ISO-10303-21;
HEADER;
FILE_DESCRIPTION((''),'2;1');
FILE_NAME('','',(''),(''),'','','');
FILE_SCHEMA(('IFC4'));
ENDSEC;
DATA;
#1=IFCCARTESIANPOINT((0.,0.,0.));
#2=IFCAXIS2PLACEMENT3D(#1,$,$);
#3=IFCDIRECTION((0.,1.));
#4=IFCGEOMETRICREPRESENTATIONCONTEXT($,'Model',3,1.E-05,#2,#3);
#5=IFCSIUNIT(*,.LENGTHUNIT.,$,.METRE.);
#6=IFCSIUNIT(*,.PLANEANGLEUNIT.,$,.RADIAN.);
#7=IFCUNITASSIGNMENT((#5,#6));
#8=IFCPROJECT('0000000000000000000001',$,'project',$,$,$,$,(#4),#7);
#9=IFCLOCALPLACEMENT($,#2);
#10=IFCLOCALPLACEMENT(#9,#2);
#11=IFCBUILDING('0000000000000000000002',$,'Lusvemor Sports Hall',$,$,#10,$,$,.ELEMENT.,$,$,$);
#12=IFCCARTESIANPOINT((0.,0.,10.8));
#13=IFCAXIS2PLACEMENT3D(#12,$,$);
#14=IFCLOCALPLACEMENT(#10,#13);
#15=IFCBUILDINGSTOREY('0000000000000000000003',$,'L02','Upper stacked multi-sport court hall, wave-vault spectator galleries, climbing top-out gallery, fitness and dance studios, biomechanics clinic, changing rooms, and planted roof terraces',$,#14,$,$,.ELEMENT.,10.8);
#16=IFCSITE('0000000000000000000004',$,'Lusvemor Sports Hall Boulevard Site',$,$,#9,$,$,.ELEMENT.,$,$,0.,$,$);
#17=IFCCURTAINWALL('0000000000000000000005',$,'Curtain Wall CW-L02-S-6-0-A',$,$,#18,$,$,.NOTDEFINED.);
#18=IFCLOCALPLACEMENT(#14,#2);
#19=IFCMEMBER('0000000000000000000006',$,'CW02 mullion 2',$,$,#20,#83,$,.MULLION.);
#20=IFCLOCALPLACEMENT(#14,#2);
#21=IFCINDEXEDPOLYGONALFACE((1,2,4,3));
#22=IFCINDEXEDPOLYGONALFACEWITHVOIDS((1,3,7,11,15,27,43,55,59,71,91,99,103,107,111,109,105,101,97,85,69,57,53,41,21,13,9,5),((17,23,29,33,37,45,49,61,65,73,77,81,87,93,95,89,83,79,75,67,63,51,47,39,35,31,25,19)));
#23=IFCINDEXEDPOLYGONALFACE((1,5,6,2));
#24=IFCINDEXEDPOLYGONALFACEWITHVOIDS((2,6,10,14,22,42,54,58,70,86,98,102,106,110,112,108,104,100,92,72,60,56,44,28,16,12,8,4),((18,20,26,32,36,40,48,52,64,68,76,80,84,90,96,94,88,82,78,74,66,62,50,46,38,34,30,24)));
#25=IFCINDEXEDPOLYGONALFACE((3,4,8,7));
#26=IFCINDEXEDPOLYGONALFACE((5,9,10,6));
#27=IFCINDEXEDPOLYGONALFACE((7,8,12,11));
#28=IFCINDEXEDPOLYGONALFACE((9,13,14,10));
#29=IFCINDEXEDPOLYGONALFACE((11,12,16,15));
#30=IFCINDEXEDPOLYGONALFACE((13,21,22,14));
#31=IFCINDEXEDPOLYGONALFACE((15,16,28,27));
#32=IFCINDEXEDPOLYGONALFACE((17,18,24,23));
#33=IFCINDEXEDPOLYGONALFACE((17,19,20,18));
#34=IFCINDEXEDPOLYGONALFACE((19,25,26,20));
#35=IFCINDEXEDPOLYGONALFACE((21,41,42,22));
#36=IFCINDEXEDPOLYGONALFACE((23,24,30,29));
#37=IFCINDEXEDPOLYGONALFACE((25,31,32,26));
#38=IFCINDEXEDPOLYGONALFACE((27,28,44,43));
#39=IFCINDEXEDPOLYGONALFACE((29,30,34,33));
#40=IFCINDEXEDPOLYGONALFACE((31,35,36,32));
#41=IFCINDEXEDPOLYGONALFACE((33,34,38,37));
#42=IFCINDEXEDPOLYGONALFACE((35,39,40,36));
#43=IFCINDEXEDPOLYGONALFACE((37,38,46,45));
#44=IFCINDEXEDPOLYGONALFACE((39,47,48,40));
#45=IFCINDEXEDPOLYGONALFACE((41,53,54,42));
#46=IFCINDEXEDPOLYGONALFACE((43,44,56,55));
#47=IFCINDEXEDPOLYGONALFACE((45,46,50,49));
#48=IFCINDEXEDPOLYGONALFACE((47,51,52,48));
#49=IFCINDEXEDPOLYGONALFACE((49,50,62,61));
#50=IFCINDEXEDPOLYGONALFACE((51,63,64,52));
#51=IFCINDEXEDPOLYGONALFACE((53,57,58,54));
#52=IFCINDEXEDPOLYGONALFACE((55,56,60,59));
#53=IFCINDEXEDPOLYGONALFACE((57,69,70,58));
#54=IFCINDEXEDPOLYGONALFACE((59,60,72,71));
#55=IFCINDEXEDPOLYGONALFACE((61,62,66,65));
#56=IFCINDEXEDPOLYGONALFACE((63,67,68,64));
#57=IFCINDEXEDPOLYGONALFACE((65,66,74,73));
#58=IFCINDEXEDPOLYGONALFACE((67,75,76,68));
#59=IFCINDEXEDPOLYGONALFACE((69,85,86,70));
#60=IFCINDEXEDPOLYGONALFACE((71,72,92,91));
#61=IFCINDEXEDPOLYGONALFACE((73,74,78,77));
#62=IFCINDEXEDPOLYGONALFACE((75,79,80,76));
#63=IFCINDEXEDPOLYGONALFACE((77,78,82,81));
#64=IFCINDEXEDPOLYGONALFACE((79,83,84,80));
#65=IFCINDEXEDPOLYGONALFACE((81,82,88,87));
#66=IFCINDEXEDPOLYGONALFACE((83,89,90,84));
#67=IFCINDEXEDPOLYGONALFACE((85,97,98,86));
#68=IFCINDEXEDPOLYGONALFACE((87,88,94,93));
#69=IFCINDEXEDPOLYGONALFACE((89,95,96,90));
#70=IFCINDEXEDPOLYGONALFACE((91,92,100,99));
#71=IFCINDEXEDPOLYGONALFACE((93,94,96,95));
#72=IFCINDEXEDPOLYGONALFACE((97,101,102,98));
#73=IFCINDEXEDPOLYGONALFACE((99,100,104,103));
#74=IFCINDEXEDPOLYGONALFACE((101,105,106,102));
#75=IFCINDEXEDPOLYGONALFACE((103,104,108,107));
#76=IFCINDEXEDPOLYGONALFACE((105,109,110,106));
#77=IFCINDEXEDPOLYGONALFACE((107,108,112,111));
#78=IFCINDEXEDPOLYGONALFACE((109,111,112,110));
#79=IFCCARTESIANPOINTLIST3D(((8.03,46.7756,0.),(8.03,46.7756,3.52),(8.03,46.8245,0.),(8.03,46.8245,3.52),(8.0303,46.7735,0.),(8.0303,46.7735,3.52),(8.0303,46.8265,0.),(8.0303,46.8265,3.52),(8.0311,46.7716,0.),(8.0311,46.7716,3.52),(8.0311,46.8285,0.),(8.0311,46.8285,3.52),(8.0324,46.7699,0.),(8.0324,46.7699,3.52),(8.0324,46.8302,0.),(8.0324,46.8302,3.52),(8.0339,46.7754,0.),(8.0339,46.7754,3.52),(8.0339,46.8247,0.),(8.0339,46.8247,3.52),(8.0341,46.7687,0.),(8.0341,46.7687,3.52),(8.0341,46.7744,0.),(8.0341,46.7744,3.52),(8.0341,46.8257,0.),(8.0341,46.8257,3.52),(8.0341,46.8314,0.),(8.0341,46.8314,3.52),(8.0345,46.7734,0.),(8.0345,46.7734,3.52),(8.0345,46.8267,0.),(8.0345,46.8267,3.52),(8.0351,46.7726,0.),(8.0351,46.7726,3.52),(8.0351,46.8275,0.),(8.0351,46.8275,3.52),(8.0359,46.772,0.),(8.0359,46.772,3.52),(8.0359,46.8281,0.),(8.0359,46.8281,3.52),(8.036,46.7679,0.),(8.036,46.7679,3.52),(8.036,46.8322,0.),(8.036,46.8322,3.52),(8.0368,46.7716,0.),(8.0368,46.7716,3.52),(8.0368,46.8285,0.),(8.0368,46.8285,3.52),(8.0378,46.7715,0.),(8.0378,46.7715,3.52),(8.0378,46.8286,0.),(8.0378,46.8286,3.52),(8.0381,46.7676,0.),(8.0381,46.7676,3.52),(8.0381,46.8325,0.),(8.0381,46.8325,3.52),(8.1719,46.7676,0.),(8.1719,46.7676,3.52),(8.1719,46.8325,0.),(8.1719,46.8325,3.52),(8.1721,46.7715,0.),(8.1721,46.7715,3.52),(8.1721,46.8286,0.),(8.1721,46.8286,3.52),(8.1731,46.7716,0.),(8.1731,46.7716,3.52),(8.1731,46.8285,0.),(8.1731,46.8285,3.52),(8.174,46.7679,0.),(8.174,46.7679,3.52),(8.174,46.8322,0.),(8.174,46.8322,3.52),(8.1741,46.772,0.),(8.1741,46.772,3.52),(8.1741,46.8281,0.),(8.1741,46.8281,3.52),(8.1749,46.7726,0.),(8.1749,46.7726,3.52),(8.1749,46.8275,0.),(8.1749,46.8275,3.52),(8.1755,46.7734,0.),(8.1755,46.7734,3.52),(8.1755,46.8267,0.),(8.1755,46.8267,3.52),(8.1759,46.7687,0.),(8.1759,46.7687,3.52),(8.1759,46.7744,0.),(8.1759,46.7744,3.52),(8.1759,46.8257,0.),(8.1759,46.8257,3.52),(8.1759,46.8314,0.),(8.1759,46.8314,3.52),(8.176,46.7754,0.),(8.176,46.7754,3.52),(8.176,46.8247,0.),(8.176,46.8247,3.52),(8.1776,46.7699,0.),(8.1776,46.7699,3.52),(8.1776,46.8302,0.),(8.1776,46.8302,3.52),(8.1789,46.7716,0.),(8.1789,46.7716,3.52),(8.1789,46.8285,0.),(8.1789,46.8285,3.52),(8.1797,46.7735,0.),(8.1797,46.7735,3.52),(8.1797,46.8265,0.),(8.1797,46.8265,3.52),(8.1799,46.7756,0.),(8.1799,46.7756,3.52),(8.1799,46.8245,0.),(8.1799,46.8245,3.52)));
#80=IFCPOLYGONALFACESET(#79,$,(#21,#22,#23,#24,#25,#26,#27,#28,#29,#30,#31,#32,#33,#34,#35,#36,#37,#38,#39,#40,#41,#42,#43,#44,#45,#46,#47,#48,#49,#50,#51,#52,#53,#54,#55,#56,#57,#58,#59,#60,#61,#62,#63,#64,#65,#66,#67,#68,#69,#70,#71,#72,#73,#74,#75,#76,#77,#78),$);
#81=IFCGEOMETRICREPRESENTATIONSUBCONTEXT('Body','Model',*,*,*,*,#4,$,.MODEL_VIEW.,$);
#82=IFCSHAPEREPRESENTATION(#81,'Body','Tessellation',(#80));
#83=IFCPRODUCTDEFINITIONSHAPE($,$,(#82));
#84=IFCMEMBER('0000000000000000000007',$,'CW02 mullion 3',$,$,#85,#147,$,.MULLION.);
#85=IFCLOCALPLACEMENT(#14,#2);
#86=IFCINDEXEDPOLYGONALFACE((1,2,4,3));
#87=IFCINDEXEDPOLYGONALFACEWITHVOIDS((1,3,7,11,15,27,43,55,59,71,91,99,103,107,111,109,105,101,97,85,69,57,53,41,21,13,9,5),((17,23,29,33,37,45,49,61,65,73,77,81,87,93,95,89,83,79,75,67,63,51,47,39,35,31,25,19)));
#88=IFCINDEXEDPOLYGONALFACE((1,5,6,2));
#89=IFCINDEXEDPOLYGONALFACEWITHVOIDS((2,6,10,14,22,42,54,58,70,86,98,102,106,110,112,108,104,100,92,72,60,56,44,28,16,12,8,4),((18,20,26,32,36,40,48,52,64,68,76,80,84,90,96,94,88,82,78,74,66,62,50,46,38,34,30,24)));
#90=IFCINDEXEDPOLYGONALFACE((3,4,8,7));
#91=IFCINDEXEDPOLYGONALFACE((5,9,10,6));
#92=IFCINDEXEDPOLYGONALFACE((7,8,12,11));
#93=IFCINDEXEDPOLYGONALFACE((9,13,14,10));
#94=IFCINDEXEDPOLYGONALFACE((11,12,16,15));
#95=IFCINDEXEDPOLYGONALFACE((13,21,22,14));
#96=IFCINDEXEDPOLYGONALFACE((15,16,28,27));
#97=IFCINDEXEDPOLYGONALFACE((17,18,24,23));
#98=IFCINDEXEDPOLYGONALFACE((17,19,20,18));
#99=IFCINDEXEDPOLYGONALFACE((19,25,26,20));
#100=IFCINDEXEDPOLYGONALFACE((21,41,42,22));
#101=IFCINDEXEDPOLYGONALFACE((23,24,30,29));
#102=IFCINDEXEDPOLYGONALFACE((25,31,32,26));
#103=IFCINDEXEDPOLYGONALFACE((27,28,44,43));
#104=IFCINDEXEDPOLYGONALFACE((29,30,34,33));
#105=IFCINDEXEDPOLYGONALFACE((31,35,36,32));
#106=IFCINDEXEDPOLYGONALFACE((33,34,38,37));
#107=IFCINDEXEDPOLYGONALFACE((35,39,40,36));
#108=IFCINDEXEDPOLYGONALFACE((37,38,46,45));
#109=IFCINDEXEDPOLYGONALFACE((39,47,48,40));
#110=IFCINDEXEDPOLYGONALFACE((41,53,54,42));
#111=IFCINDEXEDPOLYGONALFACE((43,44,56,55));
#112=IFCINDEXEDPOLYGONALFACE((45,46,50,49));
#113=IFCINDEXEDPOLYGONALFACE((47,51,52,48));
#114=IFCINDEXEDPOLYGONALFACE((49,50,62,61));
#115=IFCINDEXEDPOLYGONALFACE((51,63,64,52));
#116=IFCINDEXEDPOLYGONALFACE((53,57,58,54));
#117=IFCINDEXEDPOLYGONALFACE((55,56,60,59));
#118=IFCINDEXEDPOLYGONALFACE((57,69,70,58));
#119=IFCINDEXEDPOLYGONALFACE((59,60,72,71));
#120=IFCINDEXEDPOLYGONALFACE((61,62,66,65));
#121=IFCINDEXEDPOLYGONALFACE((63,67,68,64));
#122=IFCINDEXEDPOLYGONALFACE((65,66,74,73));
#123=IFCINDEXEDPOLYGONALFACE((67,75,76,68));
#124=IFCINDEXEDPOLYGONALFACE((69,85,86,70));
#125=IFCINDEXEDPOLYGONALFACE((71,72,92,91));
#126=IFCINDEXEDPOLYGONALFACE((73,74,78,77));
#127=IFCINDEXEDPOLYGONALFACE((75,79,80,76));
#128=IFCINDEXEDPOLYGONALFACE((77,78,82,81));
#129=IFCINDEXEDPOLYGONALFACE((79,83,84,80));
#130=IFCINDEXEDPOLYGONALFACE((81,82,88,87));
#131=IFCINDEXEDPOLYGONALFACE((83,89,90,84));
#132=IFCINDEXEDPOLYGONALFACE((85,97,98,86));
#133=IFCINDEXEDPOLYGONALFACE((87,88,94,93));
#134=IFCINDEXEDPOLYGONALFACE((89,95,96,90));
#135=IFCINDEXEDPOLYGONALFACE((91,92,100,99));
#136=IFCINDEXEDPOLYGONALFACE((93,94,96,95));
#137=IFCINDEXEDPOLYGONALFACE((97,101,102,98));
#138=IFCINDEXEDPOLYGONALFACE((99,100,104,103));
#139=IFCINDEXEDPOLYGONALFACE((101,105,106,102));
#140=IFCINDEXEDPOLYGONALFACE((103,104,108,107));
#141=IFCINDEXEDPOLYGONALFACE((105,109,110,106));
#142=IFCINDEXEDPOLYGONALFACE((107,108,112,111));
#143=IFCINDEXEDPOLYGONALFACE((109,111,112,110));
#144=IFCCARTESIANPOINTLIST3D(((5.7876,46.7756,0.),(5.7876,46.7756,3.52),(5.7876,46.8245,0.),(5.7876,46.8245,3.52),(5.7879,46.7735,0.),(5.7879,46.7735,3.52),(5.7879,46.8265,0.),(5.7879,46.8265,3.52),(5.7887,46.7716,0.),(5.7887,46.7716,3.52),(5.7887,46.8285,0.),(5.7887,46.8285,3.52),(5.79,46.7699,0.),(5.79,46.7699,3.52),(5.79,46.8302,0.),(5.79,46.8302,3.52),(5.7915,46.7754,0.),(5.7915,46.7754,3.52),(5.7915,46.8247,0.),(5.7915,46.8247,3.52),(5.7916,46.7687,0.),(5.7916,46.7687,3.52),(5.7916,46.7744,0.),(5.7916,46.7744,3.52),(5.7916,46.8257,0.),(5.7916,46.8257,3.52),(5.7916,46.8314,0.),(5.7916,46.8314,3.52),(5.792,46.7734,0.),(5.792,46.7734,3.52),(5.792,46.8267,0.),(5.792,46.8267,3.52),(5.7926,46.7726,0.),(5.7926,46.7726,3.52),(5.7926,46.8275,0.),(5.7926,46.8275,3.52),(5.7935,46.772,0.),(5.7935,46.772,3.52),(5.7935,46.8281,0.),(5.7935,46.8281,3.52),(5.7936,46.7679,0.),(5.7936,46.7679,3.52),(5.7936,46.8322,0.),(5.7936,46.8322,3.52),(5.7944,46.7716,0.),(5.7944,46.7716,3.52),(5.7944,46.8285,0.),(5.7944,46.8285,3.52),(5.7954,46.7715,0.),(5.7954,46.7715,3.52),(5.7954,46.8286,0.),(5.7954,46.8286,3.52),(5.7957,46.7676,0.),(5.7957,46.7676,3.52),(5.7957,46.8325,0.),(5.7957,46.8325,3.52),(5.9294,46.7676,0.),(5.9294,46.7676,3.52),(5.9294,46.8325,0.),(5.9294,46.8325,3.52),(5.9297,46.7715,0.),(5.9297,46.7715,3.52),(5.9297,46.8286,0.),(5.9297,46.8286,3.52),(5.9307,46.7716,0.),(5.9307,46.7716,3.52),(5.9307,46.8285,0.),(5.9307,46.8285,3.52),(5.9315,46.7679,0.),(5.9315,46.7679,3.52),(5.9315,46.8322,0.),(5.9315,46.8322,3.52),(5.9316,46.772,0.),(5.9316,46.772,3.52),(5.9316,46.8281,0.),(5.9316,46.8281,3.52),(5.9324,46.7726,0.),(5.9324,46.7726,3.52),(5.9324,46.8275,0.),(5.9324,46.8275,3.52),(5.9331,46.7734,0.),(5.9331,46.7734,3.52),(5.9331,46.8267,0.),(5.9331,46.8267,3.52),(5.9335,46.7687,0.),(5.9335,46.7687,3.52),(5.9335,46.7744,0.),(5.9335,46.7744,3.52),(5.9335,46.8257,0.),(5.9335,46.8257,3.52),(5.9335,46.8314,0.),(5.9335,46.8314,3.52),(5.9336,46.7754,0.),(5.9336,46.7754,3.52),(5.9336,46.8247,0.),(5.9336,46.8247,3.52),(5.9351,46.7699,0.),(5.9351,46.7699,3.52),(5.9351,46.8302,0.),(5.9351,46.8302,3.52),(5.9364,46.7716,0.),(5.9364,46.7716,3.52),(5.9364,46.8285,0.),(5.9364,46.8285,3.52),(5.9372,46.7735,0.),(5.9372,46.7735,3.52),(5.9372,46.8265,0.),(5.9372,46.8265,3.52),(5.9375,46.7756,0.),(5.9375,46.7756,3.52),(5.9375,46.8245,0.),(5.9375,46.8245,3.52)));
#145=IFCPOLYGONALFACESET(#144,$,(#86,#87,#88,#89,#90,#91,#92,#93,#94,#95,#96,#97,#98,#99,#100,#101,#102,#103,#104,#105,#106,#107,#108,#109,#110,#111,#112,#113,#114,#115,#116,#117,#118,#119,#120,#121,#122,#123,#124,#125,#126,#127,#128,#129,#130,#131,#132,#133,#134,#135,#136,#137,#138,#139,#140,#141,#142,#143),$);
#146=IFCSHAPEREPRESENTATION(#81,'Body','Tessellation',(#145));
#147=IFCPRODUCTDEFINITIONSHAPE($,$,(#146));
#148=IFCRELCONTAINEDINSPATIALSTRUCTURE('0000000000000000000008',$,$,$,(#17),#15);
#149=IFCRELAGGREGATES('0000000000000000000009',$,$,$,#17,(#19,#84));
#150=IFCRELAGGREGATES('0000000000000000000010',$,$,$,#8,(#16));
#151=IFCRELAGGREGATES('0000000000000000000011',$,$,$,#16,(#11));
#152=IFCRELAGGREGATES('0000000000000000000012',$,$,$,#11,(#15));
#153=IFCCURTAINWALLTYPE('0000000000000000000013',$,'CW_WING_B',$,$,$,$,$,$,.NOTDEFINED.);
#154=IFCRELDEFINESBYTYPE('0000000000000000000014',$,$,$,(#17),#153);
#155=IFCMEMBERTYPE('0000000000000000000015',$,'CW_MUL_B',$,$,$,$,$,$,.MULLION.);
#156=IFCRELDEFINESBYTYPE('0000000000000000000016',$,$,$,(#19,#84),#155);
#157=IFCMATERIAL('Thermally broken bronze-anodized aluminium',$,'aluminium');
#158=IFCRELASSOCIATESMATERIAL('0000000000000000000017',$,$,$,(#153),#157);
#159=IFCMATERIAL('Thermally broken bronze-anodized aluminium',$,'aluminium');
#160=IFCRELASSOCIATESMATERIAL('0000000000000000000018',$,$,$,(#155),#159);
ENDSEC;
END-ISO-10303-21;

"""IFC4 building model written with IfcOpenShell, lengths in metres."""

from ifc_helpers import new_model, si_unit, direction, frame, origin, origin_2d, place, context, subcontext, project, spatial, hollow_rectangle, extrude, material, material_profile, profile_set, type_object, element, aggregate, save


model = new_model("IFC4")

# Units and contexts
model_context = context("Model", 3, precision=1e-05, world=origin(), true_north=direction((0.0, 1.0)))
body_context = subcontext(model_context, "Body", "Model", "MODEL_VIEW")
ifc_project = project(units=[si_unit("LENGTHUNIT", "METRE"), si_unit("PLANEANGLEUNIT", "RADIAN")], contexts=[model_context])

# Site, building, storey
site_placement = place(None, origin())
site = spatial("IfcSite", under=ifc_project, at=site_placement, Name="Lusvemor Sports Hall Boulevard Site", CompositionType="ELEMENT", RefElevation=0.0)
building_placement = place(site_placement, origin())
building = spatial("IfcBuilding", under=site, at=building_placement, Name="Lusvemor Sports Hall", CompositionType="ELEMENT")
storey_placement = place(building_placement, frame((0.0, 0.0, 10.8)))
storey = spatial("IfcBuildingStorey", under=building, at=storey_placement, Name="L02", Description="Upper stacked multi-sport court hall, wave-vault spectator galleries, climbing top-out gallery, fitness and dance studios, biomechanics clinic, changing rooms, and planted roof terraces", CompositionType="ELEMENT", Elevation=10.8)

# Curtain wall, members
ifc_material_1 = material(Name="Thermally broken bronze-anodized aluminium", Category="aluminium")
curtain_wall_type = type_object("IfcCurtainWallType", Name="CW_WING_B", PredefinedType="NOTDEFINED", material=ifc_material_1)
curtain_wall_1_placement = place(storey_placement, origin())
curtain_wall_1 = element("IfcCurtainWall", 1, at=curtain_wall_1_placement, inside=storey, type_object=curtain_wall_type, Name="Curtain Wall CW-L02-S-6-0-A", PredefinedType="NOTDEFINED")
ifc_material_2 = material(Name="Thermally broken bronze-anodized aluminium", Category="aluminium")
ifc_material_profile_1 = material_profile(ifc_material_2, hollow_rectangle(XDim=0.0649, YDim=0.1499, WallThickness=0.0039, InnerFilletRadius=0.0039, OuterFilletRadius=0.0081, at=origin_2d()), Name="CWMUL150x65x4")
ifc_profile_set_1 = profile_set([ifc_material_profile_1], Name="Thermally broken bronze-anodized aluminium")
member_type_1 = type_object("IfcMemberType", Name="CW_MUL_B", PredefinedType="MULLION", material=ifc_profile_set_1)
member_1_placement = place(storey_placement, frame((8.105, 46.8, 0.0), z_axis=(0.0, 0.0, 1.0), x_axis=(0.0, -1.0, 0.0)))
member_1 = element("IfcMember", 2, at=member_1_placement, type_object=member_type_1, Name="CW02 mullion 2", PredefinedType="MULLION", context=body_context, shape_type="SweptSolid", body=[
    extrude(hollow_rectangle(XDim=0.0649, YDim=0.1499, WallThickness=0.0039, InnerFilletRadius=0.0039, OuterFilletRadius=0.0081, at=origin_2d()), origin(), (0.0, 0.0, 1.0), 3.52),
])
member_2_placement = place(storey_placement, frame((5.8625, 46.8, 0.0), z_axis=(0.0, 0.0, 1.0), x_axis=(0.0, -1.0, 0.0)))
member_2 = element("IfcMember", 3, at=member_2_placement, type_object=member_type_1, Name="CW02 mullion 3", PredefinedType="MULLION", context=body_context, shape_type="SweptSolid", body=[
    extrude(hollow_rectangle(XDim=0.0649, YDim=0.1499, WallThickness=0.0039, InnerFilletRadius=0.0039, OuterFilletRadius=0.0081, at=origin_2d()), origin(), (0.0, 0.0, 1.0), 3.52),
])

aggregate(curtain_wall_1, [member_1, member_2])

save(model, "model.ifc")
